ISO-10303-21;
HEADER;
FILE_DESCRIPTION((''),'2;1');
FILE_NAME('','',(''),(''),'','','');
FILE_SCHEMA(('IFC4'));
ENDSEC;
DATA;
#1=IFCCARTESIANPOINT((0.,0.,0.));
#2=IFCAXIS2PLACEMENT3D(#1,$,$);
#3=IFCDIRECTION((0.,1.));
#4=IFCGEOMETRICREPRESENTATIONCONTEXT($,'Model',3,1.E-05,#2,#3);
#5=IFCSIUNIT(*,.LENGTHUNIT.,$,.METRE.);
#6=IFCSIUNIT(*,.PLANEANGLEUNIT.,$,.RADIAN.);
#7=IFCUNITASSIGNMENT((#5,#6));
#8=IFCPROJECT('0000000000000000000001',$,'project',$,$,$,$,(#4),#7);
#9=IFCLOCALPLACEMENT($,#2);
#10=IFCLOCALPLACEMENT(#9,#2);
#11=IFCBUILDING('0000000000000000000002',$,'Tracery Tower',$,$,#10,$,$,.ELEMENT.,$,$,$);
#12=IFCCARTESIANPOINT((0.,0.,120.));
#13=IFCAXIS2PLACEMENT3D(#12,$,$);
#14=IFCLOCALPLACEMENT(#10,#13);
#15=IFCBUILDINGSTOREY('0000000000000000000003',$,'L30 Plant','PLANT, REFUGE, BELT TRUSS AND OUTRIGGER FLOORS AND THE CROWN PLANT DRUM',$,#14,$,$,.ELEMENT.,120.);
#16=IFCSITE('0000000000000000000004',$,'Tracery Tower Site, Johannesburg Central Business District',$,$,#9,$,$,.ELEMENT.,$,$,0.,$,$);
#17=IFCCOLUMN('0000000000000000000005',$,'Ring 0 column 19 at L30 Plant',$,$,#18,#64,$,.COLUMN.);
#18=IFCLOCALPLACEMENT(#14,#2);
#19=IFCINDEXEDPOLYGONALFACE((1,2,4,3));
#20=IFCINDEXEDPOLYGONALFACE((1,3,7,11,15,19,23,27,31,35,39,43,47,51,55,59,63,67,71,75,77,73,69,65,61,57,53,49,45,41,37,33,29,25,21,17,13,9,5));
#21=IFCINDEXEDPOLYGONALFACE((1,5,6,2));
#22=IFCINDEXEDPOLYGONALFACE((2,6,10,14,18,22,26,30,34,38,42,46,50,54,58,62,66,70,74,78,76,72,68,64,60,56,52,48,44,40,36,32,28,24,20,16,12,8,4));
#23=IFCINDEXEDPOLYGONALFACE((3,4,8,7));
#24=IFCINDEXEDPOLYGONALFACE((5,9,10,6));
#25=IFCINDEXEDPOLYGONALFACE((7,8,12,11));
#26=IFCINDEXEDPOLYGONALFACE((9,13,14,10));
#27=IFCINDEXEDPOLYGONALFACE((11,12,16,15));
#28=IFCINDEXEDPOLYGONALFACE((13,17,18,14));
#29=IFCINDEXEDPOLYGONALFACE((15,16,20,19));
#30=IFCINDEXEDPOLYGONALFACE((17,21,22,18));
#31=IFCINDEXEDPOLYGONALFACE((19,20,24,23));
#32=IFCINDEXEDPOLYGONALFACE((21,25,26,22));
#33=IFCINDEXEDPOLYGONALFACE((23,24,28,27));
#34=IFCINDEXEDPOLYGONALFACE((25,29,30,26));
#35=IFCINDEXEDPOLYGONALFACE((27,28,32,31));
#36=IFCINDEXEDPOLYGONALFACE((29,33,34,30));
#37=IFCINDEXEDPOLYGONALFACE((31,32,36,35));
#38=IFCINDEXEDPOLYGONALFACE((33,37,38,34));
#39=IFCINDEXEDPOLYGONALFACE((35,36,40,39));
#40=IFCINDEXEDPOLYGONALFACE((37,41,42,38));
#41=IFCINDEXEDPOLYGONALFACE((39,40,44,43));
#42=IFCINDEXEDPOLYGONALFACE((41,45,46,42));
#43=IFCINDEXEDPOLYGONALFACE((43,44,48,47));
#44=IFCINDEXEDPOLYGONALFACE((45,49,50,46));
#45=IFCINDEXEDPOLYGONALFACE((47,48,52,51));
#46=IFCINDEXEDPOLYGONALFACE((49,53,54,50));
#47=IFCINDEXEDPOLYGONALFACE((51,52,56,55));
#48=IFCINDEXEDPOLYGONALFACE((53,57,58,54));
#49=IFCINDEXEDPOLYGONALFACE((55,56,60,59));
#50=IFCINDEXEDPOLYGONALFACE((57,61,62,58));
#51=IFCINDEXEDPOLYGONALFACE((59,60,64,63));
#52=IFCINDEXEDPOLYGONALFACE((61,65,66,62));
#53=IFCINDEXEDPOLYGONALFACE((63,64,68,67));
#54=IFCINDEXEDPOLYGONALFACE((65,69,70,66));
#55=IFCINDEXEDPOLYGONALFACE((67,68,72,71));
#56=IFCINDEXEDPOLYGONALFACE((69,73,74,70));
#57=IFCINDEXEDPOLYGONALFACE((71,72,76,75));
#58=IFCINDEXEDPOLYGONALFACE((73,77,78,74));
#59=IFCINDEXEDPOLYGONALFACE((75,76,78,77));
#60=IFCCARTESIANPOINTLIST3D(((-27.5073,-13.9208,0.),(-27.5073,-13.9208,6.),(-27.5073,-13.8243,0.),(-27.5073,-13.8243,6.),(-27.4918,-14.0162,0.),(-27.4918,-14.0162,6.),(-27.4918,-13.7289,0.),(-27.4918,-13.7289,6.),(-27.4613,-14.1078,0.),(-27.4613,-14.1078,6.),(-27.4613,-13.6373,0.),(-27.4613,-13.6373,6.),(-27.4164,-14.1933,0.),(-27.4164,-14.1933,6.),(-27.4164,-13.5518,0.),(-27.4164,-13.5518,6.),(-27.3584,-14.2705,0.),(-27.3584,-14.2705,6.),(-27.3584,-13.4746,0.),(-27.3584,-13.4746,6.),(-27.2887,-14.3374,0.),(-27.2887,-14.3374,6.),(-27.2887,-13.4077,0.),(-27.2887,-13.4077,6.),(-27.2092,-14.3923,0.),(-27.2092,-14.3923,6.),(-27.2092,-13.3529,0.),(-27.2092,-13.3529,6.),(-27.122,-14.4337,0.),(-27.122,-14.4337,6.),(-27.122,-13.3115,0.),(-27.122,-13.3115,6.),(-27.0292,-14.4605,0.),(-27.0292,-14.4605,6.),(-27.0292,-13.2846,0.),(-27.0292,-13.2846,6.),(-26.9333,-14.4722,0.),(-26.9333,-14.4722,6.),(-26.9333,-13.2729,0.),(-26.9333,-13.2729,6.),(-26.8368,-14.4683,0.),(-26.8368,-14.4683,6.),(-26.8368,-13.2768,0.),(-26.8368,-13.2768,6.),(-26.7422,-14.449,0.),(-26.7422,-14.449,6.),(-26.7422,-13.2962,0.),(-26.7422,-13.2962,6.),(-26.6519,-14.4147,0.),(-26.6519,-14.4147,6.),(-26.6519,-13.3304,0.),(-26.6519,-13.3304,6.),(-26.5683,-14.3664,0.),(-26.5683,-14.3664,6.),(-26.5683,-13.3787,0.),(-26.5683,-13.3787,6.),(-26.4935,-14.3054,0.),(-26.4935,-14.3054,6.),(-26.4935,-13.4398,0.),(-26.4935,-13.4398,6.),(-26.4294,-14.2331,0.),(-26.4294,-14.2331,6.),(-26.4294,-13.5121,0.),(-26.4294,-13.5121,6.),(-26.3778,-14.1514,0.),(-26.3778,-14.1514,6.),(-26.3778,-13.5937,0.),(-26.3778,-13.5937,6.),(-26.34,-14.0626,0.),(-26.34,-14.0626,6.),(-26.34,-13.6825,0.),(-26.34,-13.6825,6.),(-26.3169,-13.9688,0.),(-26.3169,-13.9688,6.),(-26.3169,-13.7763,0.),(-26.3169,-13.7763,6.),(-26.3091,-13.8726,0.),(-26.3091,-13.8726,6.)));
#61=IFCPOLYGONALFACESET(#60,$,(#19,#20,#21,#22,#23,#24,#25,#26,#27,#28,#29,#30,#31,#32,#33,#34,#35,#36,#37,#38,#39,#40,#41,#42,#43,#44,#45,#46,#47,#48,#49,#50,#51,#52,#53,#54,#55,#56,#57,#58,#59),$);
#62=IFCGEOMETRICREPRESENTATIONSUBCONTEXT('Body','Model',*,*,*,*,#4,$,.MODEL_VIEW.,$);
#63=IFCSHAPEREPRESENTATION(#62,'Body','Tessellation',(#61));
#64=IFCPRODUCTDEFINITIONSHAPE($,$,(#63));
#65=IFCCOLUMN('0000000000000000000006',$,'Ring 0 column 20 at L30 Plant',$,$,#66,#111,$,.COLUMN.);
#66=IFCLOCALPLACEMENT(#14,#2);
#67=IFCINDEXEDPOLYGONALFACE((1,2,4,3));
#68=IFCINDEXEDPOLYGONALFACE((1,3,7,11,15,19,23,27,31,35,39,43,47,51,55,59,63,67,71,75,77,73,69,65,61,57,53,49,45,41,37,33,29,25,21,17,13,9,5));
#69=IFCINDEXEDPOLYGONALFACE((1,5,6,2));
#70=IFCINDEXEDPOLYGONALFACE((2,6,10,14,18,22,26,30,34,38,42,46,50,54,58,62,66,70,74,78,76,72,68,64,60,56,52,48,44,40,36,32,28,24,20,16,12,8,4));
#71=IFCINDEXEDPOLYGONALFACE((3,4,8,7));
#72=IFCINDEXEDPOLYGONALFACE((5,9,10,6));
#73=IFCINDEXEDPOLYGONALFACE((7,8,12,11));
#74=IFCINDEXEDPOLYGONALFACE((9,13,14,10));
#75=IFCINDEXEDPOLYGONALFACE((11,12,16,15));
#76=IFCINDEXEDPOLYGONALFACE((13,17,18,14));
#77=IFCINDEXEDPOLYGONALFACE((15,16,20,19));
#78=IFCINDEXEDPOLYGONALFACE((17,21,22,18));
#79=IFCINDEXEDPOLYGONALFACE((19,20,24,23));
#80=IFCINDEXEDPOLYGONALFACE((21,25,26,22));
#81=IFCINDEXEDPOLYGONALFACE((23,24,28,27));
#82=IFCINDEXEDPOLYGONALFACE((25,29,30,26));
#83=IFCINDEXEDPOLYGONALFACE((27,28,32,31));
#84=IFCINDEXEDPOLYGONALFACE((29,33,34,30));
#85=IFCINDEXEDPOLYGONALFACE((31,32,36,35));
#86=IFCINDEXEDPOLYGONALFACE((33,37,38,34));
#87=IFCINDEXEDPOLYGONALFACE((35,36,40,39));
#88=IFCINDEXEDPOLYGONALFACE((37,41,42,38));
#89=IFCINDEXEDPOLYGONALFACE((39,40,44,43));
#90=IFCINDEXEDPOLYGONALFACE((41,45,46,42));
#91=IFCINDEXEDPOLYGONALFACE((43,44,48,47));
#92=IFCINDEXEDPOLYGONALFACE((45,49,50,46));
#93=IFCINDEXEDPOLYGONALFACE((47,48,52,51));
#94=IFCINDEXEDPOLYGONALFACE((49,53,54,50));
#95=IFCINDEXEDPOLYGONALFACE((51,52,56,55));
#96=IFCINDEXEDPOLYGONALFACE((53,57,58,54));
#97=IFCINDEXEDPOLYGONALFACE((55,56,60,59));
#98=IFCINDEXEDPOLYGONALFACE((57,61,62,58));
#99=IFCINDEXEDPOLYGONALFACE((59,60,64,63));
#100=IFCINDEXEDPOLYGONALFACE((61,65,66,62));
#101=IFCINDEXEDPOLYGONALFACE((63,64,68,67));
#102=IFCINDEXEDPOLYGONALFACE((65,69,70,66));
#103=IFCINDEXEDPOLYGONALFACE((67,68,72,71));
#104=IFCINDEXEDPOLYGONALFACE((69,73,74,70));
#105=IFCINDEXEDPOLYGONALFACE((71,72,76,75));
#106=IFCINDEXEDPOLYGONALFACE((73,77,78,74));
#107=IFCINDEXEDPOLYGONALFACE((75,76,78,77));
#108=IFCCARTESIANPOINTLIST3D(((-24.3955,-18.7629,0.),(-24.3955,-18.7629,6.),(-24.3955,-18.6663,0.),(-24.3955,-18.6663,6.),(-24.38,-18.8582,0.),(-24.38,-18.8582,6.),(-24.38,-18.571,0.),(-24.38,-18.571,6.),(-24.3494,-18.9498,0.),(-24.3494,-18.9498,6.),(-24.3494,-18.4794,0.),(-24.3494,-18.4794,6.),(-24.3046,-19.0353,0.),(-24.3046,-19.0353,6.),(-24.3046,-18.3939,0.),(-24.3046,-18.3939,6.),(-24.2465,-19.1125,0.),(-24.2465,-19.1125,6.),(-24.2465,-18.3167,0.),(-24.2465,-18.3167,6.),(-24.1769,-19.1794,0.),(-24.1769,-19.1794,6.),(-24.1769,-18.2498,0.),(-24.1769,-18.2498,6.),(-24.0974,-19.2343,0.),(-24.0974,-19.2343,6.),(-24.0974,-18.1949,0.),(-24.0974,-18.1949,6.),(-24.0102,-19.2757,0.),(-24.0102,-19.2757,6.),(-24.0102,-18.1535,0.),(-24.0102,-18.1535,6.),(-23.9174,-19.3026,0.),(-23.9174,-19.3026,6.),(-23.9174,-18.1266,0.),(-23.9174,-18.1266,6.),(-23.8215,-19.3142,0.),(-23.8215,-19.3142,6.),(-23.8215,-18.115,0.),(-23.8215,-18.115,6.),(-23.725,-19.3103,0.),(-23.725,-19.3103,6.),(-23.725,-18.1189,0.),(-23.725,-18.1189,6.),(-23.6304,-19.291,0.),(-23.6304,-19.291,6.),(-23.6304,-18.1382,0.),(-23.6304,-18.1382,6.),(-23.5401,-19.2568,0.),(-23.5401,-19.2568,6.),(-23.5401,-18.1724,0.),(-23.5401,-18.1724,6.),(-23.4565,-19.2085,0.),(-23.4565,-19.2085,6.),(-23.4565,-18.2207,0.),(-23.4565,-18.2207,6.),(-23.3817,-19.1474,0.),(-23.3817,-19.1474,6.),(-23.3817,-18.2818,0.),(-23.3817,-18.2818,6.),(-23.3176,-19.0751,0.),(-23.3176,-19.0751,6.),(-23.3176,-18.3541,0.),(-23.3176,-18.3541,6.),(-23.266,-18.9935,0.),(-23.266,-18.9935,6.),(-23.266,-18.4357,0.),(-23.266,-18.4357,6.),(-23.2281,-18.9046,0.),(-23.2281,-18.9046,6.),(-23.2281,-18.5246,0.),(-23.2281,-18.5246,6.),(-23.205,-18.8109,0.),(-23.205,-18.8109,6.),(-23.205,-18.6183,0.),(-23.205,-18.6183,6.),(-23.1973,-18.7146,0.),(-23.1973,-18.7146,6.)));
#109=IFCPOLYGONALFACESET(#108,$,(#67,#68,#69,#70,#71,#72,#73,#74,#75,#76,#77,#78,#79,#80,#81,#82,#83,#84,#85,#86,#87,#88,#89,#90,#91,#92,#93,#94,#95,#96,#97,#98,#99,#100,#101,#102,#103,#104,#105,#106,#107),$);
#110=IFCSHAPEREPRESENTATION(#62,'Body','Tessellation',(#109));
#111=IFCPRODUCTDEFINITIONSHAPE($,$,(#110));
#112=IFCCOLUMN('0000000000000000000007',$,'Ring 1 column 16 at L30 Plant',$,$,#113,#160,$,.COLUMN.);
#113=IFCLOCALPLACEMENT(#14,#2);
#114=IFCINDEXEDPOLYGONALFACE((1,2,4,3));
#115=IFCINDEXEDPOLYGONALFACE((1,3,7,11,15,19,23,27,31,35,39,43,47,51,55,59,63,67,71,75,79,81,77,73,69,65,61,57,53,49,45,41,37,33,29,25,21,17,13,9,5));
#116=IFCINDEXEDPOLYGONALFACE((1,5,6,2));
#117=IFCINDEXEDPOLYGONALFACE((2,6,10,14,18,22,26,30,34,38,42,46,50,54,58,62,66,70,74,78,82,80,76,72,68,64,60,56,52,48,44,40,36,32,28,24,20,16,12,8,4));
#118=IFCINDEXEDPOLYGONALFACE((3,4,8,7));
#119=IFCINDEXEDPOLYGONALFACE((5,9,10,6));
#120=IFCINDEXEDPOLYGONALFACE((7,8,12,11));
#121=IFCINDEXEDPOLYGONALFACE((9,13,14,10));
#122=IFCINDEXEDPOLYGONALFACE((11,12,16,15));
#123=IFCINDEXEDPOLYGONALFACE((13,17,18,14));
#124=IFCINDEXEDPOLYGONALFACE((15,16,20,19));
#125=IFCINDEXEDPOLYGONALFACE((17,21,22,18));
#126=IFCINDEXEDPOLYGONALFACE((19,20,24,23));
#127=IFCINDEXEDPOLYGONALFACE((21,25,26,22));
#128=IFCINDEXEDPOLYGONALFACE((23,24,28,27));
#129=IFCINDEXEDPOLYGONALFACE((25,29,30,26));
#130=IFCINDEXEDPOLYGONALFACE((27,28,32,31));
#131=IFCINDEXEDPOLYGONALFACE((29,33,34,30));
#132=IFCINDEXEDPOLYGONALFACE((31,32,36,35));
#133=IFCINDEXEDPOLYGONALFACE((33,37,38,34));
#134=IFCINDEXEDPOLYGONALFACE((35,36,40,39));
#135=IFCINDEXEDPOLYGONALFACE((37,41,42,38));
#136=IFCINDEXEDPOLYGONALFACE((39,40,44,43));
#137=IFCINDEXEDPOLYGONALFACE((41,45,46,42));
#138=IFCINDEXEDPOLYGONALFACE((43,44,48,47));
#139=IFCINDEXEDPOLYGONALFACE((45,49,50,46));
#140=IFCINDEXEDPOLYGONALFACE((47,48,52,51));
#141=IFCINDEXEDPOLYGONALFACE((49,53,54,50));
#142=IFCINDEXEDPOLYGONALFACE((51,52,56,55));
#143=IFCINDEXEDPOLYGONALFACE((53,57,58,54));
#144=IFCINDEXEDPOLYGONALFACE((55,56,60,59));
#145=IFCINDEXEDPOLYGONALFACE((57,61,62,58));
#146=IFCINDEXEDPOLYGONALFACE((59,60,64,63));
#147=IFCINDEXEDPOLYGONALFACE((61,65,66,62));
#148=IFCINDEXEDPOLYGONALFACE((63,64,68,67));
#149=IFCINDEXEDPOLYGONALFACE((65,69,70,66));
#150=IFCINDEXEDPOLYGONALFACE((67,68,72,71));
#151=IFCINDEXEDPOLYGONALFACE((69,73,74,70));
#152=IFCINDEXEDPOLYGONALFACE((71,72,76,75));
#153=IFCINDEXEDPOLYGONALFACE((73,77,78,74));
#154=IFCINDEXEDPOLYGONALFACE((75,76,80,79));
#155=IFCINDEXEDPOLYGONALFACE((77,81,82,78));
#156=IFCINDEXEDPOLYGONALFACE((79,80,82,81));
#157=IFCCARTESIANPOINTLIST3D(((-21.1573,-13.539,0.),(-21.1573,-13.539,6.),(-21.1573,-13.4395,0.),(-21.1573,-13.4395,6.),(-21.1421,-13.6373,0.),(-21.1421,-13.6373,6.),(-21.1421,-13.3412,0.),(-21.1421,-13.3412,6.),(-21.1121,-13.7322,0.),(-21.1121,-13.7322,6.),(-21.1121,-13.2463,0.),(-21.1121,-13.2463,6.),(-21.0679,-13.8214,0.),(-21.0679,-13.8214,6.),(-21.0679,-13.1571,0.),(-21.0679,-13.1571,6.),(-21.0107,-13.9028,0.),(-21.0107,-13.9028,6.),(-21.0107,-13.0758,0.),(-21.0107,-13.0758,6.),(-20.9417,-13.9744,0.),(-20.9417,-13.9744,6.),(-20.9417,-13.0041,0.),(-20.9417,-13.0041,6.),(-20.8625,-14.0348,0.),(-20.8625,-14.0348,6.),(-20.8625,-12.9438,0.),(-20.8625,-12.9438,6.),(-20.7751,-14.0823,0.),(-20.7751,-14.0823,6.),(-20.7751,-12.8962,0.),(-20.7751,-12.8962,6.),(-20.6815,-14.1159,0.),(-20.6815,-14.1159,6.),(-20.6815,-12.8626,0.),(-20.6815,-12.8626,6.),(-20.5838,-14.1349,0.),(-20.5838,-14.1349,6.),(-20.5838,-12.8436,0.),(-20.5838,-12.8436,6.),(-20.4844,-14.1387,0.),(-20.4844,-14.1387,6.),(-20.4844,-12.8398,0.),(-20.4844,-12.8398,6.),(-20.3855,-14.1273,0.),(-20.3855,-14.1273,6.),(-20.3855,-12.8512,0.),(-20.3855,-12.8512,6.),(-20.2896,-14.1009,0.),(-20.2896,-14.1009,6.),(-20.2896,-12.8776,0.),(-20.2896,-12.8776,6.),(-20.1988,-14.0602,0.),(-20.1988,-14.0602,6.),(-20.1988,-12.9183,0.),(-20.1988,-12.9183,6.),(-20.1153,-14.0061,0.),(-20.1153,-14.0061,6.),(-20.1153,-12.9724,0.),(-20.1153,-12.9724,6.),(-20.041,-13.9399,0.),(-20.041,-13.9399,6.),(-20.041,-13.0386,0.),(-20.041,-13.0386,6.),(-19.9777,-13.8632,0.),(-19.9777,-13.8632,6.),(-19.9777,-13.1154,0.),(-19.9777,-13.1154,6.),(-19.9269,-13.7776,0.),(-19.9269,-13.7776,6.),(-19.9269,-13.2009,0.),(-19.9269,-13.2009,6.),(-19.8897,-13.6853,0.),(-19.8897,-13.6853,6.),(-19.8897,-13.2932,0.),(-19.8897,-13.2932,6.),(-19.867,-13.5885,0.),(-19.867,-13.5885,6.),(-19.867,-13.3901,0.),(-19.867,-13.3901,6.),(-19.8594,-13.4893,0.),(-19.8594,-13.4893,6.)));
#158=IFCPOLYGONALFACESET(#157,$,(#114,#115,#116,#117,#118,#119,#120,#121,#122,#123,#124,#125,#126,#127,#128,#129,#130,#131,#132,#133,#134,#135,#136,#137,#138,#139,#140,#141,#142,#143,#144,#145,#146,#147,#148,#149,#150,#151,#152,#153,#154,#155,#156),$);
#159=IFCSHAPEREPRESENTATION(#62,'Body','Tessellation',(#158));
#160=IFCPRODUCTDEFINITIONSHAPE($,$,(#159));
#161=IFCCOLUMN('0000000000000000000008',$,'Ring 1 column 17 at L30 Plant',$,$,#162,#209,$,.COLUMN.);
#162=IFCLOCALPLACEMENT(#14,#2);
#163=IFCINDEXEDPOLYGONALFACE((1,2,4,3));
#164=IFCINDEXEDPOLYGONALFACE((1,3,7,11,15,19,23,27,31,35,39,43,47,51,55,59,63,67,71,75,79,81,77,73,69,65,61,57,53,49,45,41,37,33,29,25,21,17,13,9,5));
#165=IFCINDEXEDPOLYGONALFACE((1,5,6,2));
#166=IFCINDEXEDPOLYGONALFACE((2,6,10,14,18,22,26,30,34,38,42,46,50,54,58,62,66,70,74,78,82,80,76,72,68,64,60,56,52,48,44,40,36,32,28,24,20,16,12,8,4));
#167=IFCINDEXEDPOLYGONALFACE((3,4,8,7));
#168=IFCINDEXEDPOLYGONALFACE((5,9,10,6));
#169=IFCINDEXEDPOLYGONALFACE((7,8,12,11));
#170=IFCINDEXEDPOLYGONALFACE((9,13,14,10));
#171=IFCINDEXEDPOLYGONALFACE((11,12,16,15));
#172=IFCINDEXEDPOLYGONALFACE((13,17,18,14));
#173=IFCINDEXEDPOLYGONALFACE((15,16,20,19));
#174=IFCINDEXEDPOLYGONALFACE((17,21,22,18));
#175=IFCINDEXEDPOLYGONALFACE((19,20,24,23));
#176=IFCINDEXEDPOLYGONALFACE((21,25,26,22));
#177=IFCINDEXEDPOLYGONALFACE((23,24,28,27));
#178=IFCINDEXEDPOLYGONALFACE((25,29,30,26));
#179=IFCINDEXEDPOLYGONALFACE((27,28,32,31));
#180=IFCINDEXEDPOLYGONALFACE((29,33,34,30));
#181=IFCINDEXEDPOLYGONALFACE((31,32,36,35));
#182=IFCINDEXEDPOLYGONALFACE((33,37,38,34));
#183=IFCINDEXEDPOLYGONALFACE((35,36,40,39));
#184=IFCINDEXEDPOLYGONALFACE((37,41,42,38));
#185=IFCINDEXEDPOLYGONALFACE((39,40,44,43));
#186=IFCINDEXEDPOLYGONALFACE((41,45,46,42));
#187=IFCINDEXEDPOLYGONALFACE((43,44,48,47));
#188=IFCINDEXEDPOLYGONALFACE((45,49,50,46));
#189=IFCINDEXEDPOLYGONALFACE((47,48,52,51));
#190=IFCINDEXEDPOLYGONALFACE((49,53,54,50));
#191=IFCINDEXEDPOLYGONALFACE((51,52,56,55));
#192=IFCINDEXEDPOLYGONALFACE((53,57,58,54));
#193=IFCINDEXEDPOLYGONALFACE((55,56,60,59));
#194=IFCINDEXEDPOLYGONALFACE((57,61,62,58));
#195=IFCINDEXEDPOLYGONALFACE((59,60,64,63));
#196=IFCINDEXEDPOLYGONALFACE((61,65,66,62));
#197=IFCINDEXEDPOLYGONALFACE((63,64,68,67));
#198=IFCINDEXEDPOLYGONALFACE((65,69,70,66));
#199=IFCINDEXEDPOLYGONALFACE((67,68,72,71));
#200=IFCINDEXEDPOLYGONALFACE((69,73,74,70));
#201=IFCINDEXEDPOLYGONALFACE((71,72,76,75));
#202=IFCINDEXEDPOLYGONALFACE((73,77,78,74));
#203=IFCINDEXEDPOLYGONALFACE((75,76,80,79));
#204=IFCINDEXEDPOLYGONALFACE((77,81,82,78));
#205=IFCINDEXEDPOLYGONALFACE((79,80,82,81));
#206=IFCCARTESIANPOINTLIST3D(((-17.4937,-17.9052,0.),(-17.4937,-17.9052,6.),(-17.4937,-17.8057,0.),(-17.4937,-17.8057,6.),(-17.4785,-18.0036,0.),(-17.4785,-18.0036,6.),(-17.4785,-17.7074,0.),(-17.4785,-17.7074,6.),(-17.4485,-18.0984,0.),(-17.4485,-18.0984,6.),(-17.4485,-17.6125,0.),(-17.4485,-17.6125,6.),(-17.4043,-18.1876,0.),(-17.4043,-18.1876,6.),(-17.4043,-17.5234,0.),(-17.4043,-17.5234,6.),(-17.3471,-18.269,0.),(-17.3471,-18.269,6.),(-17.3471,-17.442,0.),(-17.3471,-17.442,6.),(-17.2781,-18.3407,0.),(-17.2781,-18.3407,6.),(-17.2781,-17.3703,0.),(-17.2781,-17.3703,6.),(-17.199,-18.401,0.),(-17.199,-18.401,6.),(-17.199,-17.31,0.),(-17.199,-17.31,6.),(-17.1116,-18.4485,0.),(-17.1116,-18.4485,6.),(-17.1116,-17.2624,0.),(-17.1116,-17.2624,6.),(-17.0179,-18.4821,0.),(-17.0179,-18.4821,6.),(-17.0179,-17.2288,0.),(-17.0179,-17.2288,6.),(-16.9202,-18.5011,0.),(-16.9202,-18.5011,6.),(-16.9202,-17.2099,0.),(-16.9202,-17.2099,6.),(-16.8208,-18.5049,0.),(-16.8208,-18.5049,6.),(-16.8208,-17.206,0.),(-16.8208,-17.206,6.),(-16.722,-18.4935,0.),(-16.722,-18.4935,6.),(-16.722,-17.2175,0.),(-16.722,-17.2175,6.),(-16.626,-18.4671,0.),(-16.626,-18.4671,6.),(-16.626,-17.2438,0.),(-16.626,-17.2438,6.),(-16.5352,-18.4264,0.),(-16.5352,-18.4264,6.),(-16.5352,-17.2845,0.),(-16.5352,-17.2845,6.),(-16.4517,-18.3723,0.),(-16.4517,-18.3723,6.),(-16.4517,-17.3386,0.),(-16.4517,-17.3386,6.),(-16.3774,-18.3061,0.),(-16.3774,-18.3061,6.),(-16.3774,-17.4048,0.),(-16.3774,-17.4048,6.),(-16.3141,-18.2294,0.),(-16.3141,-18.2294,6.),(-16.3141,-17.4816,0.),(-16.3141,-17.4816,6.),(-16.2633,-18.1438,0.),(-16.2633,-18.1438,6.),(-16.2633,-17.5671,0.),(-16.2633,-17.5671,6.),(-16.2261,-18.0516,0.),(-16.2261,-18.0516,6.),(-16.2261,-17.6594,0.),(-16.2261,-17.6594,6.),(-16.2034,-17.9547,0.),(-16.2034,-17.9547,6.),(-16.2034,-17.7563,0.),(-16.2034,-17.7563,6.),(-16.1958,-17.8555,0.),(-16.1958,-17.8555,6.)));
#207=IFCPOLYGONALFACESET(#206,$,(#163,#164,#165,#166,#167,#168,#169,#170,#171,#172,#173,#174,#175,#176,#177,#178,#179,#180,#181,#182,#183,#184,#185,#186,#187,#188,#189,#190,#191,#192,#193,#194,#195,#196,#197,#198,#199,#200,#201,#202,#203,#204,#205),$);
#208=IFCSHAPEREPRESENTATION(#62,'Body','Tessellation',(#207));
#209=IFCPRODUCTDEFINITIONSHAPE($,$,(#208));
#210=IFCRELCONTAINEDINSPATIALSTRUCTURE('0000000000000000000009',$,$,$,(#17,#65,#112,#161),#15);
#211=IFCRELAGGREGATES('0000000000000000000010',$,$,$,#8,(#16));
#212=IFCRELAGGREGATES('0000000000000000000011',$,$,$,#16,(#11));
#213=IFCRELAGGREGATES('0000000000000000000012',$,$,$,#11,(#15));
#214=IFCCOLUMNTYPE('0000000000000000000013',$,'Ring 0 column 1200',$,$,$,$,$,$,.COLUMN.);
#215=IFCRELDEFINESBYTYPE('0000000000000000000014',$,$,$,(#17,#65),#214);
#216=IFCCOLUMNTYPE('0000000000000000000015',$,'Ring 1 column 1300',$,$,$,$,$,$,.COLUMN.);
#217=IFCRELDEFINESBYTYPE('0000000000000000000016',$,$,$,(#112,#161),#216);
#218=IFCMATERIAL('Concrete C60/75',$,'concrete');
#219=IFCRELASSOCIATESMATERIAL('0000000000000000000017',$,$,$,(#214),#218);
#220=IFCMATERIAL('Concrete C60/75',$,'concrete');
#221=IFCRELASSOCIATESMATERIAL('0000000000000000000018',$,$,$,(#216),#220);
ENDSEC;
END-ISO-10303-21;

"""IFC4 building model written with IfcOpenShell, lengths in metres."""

from ifc_helpers import new_model, si_unit, direction, frame, origin, origin_2d, place, context, subcontext, project, spatial, circle, extrude, material, material_profile, profile_set, type_object, element, save


model = new_model("IFC4")

# Units and contexts
model_context = context("Model", 3, precision=1e-05, world=origin(), true_north=direction((0.0, 1.0)))
body_context = subcontext(model_context, "Body", "Model", "MODEL_VIEW")
ifc_project = project(units=[si_unit("LENGTHUNIT", "METRE"), si_unit("PLANEANGLEUNIT", "RADIAN")], contexts=[model_context])

# Site, building, storey
site_placement = place(None, origin())
site = spatial("IfcSite", under=ifc_project, at=site_placement, Name="Tracery Tower Site, Johannesburg Central Business District", CompositionType="ELEMENT", RefElevation=0.0)
building_placement = place(site_placement, origin())
building = spatial("IfcBuilding", under=site, at=building_placement, Name="Tracery Tower", CompositionType="ELEMENT")
storey_placement = place(building_placement, frame((0.0, 0.0, 120.0)))
storey = spatial("IfcBuildingStorey", under=building, at=storey_placement, Name="L30 Plant", Description="PLANT, REFUGE, BELT TRUSS AND OUTRIGGER FLOORS AND THE CROWN PLANT DRUM", CompositionType="ELEMENT", Elevation=120.0)

# Columns
ifc_material_1 = material(Name="Concrete C60/75", Category="concrete")
ifc_material_profile_1 = material_profile(ifc_material_1, circle(Radius=0.6001, at=origin_2d()), Name="RC D1200")
ifc_profile_set_1 = profile_set([ifc_material_profile_1], Name="Concrete C60/75")
column_type_1 = type_object("IfcColumnType", Name="Ring 0 column 1200", PredefinedType="COLUMN", material=ifc_profile_set_1)
for number, where, z_axis, x_axis, name in (
    (1, (-26.9092, -13.8726, 0.0), (0.0, 0.0, 1.0), (1.0, 0.0, 0.0), "Ring 0 column 19 at L30 Plant"),
    (2, (-23.7974, -18.7146, 0.0), (0.0, 0.0, 1.0), (1.0, 0.0, 0.0), "Ring 0 column 20 at L30 Plant"),
):
    element("IfcColumn", number, at=place(storey_placement, frame(where, z_axis=z_axis, x_axis=x_axis)), inside=storey, type_object=column_type_1, Name=name, PredefinedType="COLUMN", context=body_context, shape_type="SweptSolid", body=[
        extrude(circle(Radius=0.6001, at=origin_2d()), origin(), (0.0, 0.0, 1.0), 6.0),
    ])
ifc_material_2 = material(Name="Concrete C60/75", Category="concrete")
ifc_material_profile_2 = material_profile(ifc_material_2, circle(Radius=0.6499, at=origin_2d()), Name="RC D1300")
ifc_profile_set_2 = profile_set([ifc_material_profile_2], Name="Concrete C60/75")
column_type_2 = type_object("IfcColumnType", Name="Ring 1 column 1300", PredefinedType="COLUMN", material=ifc_profile_set_2)
for number, where, z_axis, x_axis, name in (
    (3, (-20.5093, -13.4893, 0.0), (0.0, 0.0, 1.0), (1.0, 0.0, 0.0), "Ring 1 column 16 at L30 Plant"),
    (4, (-16.8457, -17.8555, 0.0), (0.0, 0.0, 1.0), (1.0, 0.0, 0.0), "Ring 1 column 17 at L30 Plant"),
):
    element("IfcColumn", number, at=place(storey_placement, frame(where, z_axis=z_axis, x_axis=x_axis)), inside=storey, type_object=column_type_2, Name=name, PredefinedType="COLUMN", context=body_context, shape_type="SweptSolid", body=[
        extrude(circle(Radius=0.6499, at=origin_2d()), origin(), (0.0, 0.0, 1.0), 6.0),
    ])

save(model, "model.ifc")
